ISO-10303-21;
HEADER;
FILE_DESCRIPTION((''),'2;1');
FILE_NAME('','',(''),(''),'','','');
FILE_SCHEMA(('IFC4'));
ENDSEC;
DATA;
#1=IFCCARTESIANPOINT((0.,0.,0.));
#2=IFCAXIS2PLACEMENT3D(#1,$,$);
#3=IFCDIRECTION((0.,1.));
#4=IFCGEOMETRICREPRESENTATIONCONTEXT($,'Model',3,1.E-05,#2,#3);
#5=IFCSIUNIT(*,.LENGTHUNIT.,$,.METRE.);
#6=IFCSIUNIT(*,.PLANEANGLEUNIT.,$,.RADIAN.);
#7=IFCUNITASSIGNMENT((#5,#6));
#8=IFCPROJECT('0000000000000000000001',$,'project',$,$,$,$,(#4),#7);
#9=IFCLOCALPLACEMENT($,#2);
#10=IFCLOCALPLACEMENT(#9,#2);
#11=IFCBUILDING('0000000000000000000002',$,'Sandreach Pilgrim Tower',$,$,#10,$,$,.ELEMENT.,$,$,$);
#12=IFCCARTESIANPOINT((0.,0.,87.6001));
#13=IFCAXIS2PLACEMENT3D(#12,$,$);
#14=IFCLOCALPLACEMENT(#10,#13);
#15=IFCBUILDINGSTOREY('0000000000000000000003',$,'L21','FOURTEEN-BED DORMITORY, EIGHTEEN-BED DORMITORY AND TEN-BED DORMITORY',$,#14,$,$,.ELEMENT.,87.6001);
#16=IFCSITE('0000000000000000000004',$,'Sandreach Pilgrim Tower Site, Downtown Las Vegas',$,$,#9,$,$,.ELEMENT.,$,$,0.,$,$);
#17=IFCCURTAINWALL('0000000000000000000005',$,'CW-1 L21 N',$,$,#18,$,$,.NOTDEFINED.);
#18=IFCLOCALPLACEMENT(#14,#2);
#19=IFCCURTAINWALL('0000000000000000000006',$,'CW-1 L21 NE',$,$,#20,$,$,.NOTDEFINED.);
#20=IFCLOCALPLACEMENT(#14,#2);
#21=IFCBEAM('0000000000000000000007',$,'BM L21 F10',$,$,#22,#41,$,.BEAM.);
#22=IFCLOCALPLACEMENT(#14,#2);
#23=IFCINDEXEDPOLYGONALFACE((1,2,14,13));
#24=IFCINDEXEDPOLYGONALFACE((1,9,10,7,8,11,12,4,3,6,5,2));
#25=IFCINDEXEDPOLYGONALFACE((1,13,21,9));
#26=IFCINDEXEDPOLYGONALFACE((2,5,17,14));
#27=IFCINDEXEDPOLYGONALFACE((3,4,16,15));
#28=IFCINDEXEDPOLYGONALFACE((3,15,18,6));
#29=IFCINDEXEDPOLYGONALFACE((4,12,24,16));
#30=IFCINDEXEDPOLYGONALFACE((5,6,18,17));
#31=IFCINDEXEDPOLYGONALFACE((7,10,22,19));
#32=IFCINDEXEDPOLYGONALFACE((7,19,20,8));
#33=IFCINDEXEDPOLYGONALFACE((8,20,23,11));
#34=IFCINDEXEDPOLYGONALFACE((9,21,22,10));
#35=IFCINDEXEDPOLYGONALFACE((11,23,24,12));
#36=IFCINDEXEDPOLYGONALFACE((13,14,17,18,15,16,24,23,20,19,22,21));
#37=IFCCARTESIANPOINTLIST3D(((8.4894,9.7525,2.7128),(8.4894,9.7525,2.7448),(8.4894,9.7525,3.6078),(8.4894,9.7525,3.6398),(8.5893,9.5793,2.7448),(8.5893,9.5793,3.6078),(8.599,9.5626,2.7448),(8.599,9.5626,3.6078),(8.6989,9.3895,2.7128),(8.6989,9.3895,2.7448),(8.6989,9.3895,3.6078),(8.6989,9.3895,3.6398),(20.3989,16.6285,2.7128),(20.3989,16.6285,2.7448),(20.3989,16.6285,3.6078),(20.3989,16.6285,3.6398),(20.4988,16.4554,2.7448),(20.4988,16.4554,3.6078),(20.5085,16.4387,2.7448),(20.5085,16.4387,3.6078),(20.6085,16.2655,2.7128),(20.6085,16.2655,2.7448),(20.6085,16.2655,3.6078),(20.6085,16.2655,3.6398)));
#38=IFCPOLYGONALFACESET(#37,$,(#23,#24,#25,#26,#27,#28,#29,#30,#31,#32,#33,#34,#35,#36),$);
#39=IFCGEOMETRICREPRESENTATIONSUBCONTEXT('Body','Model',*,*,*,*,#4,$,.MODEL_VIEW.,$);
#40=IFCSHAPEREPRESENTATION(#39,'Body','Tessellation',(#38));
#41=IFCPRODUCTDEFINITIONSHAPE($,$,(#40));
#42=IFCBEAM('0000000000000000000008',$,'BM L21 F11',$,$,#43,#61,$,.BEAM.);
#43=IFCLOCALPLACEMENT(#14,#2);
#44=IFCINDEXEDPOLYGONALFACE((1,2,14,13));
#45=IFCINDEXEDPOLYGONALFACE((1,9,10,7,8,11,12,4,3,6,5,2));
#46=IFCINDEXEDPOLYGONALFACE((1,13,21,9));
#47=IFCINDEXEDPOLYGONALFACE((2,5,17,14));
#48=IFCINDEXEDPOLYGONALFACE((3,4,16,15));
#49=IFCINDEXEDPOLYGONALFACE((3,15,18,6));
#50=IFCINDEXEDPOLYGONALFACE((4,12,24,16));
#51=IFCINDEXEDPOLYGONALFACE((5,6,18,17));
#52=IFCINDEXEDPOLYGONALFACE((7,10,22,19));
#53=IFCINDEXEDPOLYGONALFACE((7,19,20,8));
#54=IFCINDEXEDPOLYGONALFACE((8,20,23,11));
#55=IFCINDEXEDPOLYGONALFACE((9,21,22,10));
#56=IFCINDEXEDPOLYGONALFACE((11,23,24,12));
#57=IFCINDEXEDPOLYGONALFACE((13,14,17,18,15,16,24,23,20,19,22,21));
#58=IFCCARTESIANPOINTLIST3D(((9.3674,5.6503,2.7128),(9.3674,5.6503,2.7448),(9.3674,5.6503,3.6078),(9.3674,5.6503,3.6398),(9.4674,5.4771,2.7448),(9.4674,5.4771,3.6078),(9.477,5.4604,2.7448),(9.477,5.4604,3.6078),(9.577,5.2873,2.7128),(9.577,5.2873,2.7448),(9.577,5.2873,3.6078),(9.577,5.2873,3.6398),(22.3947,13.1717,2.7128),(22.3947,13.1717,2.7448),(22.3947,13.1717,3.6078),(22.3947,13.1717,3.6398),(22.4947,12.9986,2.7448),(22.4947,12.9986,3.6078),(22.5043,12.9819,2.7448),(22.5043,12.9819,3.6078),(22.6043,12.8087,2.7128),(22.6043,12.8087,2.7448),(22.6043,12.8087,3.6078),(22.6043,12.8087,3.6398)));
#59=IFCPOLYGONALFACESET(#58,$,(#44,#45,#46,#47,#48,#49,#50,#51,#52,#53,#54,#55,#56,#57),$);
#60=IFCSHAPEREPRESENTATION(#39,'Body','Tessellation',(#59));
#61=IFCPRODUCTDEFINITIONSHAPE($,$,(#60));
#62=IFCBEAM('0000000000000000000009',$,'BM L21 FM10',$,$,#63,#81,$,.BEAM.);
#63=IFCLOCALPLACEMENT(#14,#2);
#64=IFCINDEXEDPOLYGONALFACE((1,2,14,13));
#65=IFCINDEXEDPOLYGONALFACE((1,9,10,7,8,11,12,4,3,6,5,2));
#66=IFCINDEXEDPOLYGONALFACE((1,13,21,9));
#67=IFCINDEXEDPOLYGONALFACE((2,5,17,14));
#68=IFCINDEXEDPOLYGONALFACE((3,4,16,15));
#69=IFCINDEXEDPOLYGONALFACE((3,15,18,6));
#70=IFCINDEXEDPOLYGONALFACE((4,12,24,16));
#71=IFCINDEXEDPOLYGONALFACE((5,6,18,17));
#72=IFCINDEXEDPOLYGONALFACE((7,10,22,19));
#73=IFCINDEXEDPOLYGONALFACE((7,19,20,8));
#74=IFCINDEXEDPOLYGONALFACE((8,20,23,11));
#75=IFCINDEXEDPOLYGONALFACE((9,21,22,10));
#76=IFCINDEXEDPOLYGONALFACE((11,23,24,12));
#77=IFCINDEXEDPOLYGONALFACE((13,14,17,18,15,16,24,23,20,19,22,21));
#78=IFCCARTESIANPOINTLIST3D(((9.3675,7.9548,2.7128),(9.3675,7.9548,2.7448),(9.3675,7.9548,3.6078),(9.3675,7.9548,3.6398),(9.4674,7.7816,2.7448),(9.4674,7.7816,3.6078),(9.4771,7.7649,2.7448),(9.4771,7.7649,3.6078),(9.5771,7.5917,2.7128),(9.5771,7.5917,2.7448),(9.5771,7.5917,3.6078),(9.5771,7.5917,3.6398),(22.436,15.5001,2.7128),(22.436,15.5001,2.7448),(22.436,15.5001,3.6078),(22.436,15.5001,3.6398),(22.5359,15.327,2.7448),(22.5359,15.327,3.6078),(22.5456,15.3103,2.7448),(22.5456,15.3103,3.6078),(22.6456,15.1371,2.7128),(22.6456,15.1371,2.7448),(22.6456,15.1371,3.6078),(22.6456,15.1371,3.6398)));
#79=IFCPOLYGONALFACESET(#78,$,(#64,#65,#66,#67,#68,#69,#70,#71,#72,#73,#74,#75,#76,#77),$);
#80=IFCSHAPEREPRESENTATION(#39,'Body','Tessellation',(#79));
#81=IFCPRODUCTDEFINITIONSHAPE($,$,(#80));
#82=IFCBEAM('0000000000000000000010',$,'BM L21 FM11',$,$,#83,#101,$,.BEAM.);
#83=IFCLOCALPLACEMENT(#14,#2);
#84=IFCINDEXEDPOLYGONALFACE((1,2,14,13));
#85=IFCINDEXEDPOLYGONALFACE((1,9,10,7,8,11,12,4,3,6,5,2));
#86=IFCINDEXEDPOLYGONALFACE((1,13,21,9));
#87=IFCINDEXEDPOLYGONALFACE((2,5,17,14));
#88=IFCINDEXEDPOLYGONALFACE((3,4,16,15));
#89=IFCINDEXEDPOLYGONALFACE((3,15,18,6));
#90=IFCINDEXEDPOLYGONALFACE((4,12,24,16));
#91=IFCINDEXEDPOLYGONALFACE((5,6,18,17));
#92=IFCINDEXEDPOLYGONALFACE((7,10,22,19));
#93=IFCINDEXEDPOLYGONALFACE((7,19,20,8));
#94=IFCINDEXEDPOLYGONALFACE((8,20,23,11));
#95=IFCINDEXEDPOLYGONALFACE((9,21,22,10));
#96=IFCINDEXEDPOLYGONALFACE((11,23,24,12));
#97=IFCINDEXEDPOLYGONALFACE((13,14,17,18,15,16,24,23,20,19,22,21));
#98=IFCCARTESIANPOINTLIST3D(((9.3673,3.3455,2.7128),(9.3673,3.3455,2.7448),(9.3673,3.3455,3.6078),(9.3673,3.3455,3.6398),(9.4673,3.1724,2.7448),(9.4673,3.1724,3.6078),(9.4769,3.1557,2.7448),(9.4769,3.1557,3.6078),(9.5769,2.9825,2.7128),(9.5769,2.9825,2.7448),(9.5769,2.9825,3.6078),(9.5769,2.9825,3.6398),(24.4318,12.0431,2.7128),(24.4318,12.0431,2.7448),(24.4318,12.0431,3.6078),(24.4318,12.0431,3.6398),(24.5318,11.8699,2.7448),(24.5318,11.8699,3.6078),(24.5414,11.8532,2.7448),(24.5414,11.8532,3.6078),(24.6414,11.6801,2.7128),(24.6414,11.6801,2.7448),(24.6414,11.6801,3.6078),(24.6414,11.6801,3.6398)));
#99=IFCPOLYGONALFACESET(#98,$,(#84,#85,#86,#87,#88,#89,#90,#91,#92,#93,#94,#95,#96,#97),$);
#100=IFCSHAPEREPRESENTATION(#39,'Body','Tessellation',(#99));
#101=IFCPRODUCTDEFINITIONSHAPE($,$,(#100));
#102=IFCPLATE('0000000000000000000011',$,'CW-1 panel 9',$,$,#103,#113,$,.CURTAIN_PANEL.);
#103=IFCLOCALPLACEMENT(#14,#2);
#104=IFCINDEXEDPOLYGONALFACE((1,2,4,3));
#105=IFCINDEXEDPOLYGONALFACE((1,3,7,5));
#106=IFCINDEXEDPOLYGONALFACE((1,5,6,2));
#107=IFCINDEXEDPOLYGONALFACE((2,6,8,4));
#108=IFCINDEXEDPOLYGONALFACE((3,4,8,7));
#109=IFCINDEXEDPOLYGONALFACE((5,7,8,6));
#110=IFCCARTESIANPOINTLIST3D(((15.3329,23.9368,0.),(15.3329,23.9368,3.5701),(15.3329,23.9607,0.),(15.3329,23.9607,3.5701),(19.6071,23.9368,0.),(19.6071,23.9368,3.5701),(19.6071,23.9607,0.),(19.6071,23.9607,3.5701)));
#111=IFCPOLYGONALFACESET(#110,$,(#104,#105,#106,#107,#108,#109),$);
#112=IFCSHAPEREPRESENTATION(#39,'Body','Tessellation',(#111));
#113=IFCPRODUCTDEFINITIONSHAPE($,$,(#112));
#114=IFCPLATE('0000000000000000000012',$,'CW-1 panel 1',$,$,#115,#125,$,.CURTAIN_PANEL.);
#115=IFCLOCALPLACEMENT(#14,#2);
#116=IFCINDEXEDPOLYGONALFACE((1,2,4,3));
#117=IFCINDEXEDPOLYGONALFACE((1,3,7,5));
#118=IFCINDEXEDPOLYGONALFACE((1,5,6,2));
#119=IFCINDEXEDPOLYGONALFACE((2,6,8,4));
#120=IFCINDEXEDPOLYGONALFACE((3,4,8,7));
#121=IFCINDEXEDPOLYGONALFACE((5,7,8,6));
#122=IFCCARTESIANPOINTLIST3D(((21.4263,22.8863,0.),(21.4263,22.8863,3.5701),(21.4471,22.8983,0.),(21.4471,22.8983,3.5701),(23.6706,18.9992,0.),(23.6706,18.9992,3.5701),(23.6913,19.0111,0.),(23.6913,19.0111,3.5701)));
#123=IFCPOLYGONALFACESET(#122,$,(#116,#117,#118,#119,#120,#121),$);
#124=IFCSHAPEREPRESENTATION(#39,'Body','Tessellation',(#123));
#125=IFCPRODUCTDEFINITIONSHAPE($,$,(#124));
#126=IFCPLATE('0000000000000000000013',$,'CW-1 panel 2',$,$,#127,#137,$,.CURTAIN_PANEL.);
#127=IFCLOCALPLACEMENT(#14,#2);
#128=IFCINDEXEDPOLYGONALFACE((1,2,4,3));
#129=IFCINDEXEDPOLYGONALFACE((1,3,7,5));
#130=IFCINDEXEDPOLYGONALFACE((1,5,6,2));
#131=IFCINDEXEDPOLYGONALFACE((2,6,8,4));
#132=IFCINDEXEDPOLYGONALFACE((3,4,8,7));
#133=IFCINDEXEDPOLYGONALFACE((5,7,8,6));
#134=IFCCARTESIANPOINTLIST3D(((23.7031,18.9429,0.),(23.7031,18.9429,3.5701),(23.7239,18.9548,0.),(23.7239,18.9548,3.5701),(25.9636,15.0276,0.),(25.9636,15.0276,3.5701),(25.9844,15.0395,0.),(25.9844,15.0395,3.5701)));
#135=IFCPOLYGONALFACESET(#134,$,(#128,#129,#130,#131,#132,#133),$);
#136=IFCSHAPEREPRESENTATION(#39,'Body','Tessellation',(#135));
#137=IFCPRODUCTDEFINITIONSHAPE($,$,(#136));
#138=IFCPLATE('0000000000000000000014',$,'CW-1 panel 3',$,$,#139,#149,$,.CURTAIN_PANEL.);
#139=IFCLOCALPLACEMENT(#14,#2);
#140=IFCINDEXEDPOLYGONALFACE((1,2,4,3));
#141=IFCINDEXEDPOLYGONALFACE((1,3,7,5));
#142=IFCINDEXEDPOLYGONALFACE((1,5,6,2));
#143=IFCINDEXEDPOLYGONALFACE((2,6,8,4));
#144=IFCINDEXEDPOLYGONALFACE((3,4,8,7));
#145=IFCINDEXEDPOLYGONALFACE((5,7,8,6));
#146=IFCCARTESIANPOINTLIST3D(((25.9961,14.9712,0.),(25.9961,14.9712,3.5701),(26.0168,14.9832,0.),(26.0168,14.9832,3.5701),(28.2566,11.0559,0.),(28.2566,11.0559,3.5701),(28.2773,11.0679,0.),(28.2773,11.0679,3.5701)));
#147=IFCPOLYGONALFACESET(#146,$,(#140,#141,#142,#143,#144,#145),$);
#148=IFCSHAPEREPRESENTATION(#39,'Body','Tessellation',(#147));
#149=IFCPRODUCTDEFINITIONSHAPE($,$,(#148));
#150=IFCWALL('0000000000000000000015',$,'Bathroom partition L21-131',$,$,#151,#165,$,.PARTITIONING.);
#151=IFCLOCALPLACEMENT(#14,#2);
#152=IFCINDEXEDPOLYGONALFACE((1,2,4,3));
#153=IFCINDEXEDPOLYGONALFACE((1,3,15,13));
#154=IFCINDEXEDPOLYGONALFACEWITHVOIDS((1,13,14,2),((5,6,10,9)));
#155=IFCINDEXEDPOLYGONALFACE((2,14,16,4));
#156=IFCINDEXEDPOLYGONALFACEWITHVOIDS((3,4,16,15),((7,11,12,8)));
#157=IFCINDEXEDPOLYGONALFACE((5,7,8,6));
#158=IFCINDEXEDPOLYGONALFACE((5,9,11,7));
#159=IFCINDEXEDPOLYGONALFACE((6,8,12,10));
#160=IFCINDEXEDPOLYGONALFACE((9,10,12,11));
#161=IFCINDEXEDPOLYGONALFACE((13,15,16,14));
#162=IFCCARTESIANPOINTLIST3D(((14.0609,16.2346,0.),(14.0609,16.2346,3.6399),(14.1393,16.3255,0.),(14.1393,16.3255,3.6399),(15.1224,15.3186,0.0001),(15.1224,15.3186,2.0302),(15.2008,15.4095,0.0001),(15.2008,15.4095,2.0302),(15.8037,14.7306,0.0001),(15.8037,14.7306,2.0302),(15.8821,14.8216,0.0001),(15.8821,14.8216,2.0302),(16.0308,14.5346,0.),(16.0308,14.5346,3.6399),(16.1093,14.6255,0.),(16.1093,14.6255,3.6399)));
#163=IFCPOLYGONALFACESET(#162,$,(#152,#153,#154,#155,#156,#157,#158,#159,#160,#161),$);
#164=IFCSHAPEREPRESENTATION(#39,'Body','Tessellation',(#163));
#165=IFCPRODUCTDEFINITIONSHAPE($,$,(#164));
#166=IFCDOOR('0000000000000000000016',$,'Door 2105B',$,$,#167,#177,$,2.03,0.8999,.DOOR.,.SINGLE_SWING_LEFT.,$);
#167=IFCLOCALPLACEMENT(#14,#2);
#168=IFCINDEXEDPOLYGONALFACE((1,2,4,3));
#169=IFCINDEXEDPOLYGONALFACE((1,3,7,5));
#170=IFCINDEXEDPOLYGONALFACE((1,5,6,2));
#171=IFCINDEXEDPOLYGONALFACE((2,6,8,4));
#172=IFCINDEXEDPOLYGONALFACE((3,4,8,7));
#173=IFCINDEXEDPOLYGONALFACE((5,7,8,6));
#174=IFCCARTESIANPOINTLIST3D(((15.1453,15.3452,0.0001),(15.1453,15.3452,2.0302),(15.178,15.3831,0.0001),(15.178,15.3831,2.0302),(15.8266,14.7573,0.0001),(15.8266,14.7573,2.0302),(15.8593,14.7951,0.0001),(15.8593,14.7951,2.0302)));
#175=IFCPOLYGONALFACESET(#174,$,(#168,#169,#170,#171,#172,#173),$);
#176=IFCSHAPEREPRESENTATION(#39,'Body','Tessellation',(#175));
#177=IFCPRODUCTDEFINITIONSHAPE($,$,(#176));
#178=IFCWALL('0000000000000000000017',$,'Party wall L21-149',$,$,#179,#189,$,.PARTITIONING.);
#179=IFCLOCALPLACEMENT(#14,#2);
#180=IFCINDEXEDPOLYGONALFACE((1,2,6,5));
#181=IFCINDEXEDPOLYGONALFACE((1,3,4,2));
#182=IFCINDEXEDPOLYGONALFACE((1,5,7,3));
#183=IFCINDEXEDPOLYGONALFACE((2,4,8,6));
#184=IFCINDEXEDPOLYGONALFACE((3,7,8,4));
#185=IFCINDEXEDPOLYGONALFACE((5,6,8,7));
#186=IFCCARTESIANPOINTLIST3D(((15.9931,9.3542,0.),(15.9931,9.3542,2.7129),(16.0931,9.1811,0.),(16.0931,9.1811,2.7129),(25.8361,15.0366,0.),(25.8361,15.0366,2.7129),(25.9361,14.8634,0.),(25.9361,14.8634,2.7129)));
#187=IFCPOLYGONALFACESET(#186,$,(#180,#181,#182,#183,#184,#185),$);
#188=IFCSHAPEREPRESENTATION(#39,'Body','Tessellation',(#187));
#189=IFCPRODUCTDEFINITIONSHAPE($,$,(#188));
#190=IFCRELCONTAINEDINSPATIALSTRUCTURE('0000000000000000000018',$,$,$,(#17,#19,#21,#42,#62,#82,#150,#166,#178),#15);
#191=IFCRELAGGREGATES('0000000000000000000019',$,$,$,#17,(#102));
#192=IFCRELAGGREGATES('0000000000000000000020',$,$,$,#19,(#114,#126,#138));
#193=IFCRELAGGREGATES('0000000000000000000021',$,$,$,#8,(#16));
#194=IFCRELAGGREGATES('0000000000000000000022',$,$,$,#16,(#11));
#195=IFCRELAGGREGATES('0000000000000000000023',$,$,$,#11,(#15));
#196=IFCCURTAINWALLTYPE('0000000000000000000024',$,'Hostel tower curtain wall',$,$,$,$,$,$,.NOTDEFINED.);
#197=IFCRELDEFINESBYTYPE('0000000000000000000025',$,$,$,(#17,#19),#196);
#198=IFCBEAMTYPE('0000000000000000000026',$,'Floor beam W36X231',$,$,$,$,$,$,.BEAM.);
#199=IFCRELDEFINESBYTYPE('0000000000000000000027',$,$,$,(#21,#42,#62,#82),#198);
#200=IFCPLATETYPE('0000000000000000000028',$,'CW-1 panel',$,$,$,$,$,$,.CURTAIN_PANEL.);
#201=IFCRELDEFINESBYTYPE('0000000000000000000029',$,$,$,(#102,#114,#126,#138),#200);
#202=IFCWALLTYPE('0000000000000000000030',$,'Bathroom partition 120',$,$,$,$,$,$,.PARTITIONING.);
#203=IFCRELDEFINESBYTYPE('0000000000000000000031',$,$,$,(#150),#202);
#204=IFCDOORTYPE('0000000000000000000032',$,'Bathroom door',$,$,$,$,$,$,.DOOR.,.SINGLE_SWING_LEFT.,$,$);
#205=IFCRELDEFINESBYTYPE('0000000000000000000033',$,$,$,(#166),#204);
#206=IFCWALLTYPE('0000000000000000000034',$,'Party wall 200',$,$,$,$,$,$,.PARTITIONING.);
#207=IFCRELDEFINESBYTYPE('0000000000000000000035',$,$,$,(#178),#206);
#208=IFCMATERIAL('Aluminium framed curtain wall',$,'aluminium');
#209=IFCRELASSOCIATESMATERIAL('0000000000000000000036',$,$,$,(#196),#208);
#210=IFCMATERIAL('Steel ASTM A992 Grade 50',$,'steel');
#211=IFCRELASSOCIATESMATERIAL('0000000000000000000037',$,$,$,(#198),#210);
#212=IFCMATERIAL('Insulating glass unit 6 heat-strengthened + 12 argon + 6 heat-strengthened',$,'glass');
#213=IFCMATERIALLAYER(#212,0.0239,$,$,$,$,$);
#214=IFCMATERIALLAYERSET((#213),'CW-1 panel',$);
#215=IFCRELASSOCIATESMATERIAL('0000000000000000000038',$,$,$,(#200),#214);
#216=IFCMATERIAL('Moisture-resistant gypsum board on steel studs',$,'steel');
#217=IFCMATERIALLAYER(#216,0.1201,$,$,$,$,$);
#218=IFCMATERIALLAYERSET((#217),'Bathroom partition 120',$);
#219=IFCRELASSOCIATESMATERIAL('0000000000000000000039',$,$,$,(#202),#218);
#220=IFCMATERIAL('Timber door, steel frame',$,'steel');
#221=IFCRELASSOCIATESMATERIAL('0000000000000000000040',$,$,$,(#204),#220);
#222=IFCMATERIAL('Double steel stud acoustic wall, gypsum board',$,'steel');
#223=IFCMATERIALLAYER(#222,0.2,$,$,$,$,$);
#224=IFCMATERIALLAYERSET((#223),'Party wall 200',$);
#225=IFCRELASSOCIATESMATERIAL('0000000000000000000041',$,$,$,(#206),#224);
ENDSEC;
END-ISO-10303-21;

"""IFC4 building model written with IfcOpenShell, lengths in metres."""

from ifc_helpers import new_model, si_unit, direction, frame, frame_2d, origin, origin_2d, place, context, subcontext, project, spatial, rectangle, i_section, extrude, material, layer, layer_set, material_profile, profile_set, type_object, element, fill, aggregate, save


model = new_model("IFC4")

# Units and contexts
model_context = context("Model", 3, precision=1e-05, world=origin(), true_north=direction((0.0, 1.0)))
body_context = subcontext(model_context, "Body", "Model", "MODEL_VIEW")
ifc_project = project(units=[si_unit("LENGTHUNIT", "METRE"), si_unit("PLANEANGLEUNIT", "RADIAN")], contexts=[model_context])

# Site, building, storey
site_placement = place(None, origin())
site = spatial("IfcSite", under=ifc_project, at=site_placement, Name="Sandreach Pilgrim Tower Site, Downtown Las Vegas", CompositionType="ELEMENT", RefElevation=0.0)
building_placement = place(site_placement, origin())
building = spatial("IfcBuilding", under=site, at=building_placement, Name="Sandreach Pilgrim Tower", CompositionType="ELEMENT")
storey_placement = place(building_placement, frame((0.0, 0.0, 87.6001)))
storey = spatial("IfcBuildingStorey", under=building, at=storey_placement, Name="L21", Description="FOURTEEN-BED DORMITORY, EIGHTEEN-BED DORMITORY AND TEN-BED DORMITORY", CompositionType="ELEMENT", Elevation=87.6001)

# Curtain wall
ifc_material_1 = material(Name="Aluminium framed curtain wall", Category="aluminium")
curtain_wall_type = type_object("IfcCurtainWallType", Name="Hostel tower curtain wall", PredefinedType="NOTDEFINED", material=ifc_material_1)
curtain_wall_1_placement = place(storey_placement, origin())
curtain_wall_1 = element("IfcCurtainWall", 1, at=curtain_wall_1_placement, inside=storey, type_object=curtain_wall_type, Name="CW-1 L21 N", PredefinedType="NOTDEFINED")

# Curtain wall
curtain_wall_2_placement = place(storey_placement, origin())
curtain_wall_2 = element("IfcCurtainWall", 2, at=curtain_wall_2_placement, inside=storey, type_object=curtain_wall_type, Name="CW-1 L21 NE", PredefinedType="NOTDEFINED")

# Beams
ifc_material_2 = material(Name="Steel ASTM A992 Grade 50", Category="steel")
ifc_material_profile_1 = material_profile(ifc_material_2, i_section(OverallWidth=0.4192, OverallDepth=0.927, WebThickness=0.0193, FlangeThickness=0.032, at=origin_2d()), Name="W36X231")
ifc_profile_set_1 = profile_set([ifc_material_profile_1], Name="Steel ASTM A992 Grade 50")
beam_type_1 = type_object("IfcBeamType", Name="Floor beam W36X231", PredefinedType="BEAM", material=ifc_profile_set_1)
beam_1_placement = place(storey_placement, frame((20.5037, 16.447, 3.1763), z_axis=(-0.866023, -0.500004, 0.0), x_axis=(0.500004, -0.866023, 0.0)))
element("IfcBeam", 3, at=beam_1_placement, inside=storey, type_object=beam_type_1, Name="BM L21 F10", PredefinedType="BEAM", context=body_context, shape_type="SweptSolid", body=[
    extrude(i_section(OverallWidth=0.4192, OverallDepth=0.927, WebThickness=0.0193, FlangeThickness=0.032, at=origin_2d()), origin(), (0.0, 0.0, 1.0), 13.752),
])
beam_2_placement = place(storey_placement, frame((22.4995, 12.9902, 3.1763), z_axis=(-0.866021, -0.500007, 0.0), x_axis=(0.500007, -0.866021, 0.0)))
element("IfcBeam", 4, at=beam_2_placement, inside=storey, type_object=beam_type_1, Name="BM L21 F11", PredefinedType="BEAM", context=body_context, shape_type="SweptSolid", body=[
    extrude(i_section(OverallWidth=0.4192, OverallDepth=0.927, WebThickness=0.0193, FlangeThickness=0.032, at=origin_2d()), origin(), (0.0, 0.0, 1.0), 15.0427),
])
beam_3_placement = place(storey_placement, frame((22.5408, 15.3186, 3.1763), z_axis=(-0.866018, -0.500012, 0.0), x_axis=(0.500012, -0.866018, 0.0)))
element("IfcBeam", 5, at=beam_3_placement, inside=storey, type_object=beam_type_1, Name="BM L21 FM10", PredefinedType="BEAM", context=body_context, shape_type="SweptSolid", body=[
    extrude(i_section(OverallWidth=0.4192, OverallDepth=0.927, WebThickness=0.0193, FlangeThickness=0.032, at=origin_2d()), origin(), (0.0, 0.0, 1.0), 15.0903),
])
beam_4_placement = place(storey_placement, frame((24.5366, 11.8616, 3.1763), z_axis=(-0.866024, -0.500002, 0.0), x_axis=(0.500002, -0.866024, 0.0)))
element("IfcBeam", 6, at=beam_4_placement, inside=storey, type_object=beam_type_1, Name="BM L21 FM11", PredefinedType="BEAM", context=body_context, shape_type="SweptSolid", body=[
    extrude(i_section(OverallWidth=0.4192, OverallDepth=0.927, WebThickness=0.0193, FlangeThickness=0.032, at=origin_2d()), origin(), (0.0, 0.0, 1.0), 17.395),
])

# Plates
ifc_material_3 = material(Name="Insulating glass unit 6 heat-strengthened + 12 argon + 6 heat-strengthened", Category="glass")
ifc_layer_1 = layer(ifc_material_3, 0.0239)
ifc_layer_set_1 = layer_set([ifc_layer_1], Name="CW-1 panel")
plate_type = type_object("IfcPlateType", Name="CW-1 panel", PredefinedType="CURTAIN_PANEL", material=ifc_layer_set_1)
plate_1_placement = place(storey_placement, frame((17.47, 23.9487, 0.0), z_axis=(0.0, 0.0, 1.0), x_axis=(1.0, 0.0, 0.0)))
plate_1 = element("IfcPlate", 7, at=plate_1_placement, type_object=plate_type, Name="CW-1 panel 9", PredefinedType="CURTAIN_PANEL", context=body_context, shape_type="SweptSolid", body=[
    extrude(rectangle(XDim=4.2742, YDim=0.0239, at=origin_2d()), origin(), (0.0, 0.0, 1.0), 3.5701),
])
aggregate(curtain_wall_1, [plate_1])
plate_2_placement = place(storey_placement, frame((22.5588, 20.9487, 0.0), z_axis=(0.0, 0.0, 1.0), x_axis=(0.5, -0.866025, 0.0)))
plate_2 = element("IfcPlate", 8, at=plate_2_placement, type_object=plate_type, Name="CW-1 panel 1", PredefinedType="CURTAIN_PANEL", context=body_context, shape_type="SweptSolid", body=[
    extrude(rectangle(XDim=4.4885, YDim=0.0239, at=origin_2d()), origin(), (0.0, 0.0, 1.0), 3.5701),
])
plate_3_placement = place(storey_placement, frame((24.8438, 16.9912, 0.0), z_axis=(0.0, 0.0, 1.0), x_axis=(0.5, -0.866025, 0.0)))
plate_3 = element("IfcPlate", 9, at=plate_3_placement, type_object=plate_type, Name="CW-1 panel 2", PredefinedType="CURTAIN_PANEL", context=body_context, shape_type="SweptSolid", body=[
    extrude(rectangle(XDim=4.521, YDim=0.0239, at=origin_2d()), origin(), (0.0, 0.0, 1.0), 3.5701),
])
plate_4_placement = place(storey_placement, frame((27.1367, 13.0195, 0.0), z_axis=(0.0, 0.0, 1.0), x_axis=(0.5, -0.866025, 0.0)))
plate_4 = element("IfcPlate", 10, at=plate_4_placement, type_object=plate_type, Name="CW-1 panel 3", PredefinedType="CURTAIN_PANEL", context=body_context, shape_type="SweptSolid", body=[
    extrude(rectangle(XDim=4.521, YDim=0.0239, at=origin_2d()), origin(), (0.0, 0.0, 1.0), 3.5701),
])
aggregate(curtain_wall_2, [plate_2, plate_3, plate_4])

# Wall, opening, door
ifc_material_4 = material(Name="Moisture-resistant gypsum board on steel studs", Category="steel")
ifc_layer_2 = layer(ifc_material_4, 0.1201)
ifc_layer_set_2 = layer_set([ifc_layer_2], Name="Bathroom partition 120")
wall_type_1 = type_object("IfcWallType", Name="Bathroom partition 120", PredefinedType="PARTITIONING", material=ifc_layer_set_2)
wall_1_placement = place(storey_placement, frame((16.0701, 14.5801, 0.0), z_axis=(0.0, 0.0, 1.0), x_axis=(-0.757087, 0.653314, 0.0)))
wall_1 = element("IfcWall", 11, at=wall_1_placement, inside=storey, type_object=wall_type_1, Name="Bathroom partition L21-131", PredefinedType="PARTITIONING", context=body_context, shape_type="SweptSolid", body=[
    extrude(rectangle(XDim=2.6021, YDim=0.1201, at=frame_2d((1.301, 0.0))), origin(), (0.0, 0.0, 1.0), 3.6399),
])
opening_placement = place(wall_1_placement, frame((0.3, 0.0, 0.0)))
opening = element("IfcOpeningElement", 12, at=opening_placement, cuts=wall_1, PredefinedType="OPENING", context=body_context, shape_type="SweptSolid", body=[
    extrude(rectangle(XDim=0.8999, YDim=2.03, at=frame_2d((0.45, 1.0151))), frame((0.0, 0.0601, 0.0), z_axis=(0.0, -1.0, 0.0), x_axis=(1.0, 0.0, 0.0)), (0.0, 0.0, 1.0), 0.1201),
])
ifc_material_5 = material(Name="Timber door, steel frame", Category="steel")
door_type = type_object("IfcDoorType", Name="Bathroom door", OperationType="SINGLE_SWING_LEFT", PredefinedType="DOOR", material=ifc_material_5)
door_placement = place(opening_placement, origin())
door = element("IfcDoor", 13, at=door_placement, inside=storey, type_object=door_type, Name="Door 2105B", OperationType="SINGLE_SWING_LEFT", OverallHeight=2.03, OverallWidth=0.8999, PredefinedType="DOOR", context=body_context, shape_type="SweptSolid", body=[
    extrude(rectangle(XDim=0.8999, YDim=2.03, at=frame_2d((0.45, 1.0151))), frame((0.0, 0.0249, 0.0), z_axis=(0.0, -1.0, 0.0), x_axis=(1.0, 0.0, 0.0)), (0.0, 0.0, 1.0), 0.05),
])
fill(opening, door)

# Wall
ifc_material_6 = material(Name="Double steel stud acoustic wall, gypsum board", Category="steel")
ifc_layer_3 = layer(ifc_material_6, 0.2)
ifc_layer_set_3 = layer_set([ifc_layer_3], Name="Party wall 200")
wall_type_2 = type_object("IfcWallType", Name="Party wall 200", PredefinedType="PARTITIONING", material=ifc_layer_set_3)
wall_2_placement = place(storey_placement, frame((25.886, 14.95, 0.0), z_axis=(0.0, 0.0, 1.0), x_axis=(-0.866044, -0.499967, 0.0)))
element("IfcWall", 14, at=wall_2_placement, inside=storey, type_object=wall_type_2, Name="Party wall L21-149", PredefinedType="PARTITIONING", context=body_context, shape_type="SweptSolid", body=[
    extrude(rectangle(XDim=11.3655, YDim=0.2, at=frame_2d((5.6826, 0.0))), origin(), (0.0, 0.0, 1.0), 2.7129),
])

save(model, "model.ifc")
